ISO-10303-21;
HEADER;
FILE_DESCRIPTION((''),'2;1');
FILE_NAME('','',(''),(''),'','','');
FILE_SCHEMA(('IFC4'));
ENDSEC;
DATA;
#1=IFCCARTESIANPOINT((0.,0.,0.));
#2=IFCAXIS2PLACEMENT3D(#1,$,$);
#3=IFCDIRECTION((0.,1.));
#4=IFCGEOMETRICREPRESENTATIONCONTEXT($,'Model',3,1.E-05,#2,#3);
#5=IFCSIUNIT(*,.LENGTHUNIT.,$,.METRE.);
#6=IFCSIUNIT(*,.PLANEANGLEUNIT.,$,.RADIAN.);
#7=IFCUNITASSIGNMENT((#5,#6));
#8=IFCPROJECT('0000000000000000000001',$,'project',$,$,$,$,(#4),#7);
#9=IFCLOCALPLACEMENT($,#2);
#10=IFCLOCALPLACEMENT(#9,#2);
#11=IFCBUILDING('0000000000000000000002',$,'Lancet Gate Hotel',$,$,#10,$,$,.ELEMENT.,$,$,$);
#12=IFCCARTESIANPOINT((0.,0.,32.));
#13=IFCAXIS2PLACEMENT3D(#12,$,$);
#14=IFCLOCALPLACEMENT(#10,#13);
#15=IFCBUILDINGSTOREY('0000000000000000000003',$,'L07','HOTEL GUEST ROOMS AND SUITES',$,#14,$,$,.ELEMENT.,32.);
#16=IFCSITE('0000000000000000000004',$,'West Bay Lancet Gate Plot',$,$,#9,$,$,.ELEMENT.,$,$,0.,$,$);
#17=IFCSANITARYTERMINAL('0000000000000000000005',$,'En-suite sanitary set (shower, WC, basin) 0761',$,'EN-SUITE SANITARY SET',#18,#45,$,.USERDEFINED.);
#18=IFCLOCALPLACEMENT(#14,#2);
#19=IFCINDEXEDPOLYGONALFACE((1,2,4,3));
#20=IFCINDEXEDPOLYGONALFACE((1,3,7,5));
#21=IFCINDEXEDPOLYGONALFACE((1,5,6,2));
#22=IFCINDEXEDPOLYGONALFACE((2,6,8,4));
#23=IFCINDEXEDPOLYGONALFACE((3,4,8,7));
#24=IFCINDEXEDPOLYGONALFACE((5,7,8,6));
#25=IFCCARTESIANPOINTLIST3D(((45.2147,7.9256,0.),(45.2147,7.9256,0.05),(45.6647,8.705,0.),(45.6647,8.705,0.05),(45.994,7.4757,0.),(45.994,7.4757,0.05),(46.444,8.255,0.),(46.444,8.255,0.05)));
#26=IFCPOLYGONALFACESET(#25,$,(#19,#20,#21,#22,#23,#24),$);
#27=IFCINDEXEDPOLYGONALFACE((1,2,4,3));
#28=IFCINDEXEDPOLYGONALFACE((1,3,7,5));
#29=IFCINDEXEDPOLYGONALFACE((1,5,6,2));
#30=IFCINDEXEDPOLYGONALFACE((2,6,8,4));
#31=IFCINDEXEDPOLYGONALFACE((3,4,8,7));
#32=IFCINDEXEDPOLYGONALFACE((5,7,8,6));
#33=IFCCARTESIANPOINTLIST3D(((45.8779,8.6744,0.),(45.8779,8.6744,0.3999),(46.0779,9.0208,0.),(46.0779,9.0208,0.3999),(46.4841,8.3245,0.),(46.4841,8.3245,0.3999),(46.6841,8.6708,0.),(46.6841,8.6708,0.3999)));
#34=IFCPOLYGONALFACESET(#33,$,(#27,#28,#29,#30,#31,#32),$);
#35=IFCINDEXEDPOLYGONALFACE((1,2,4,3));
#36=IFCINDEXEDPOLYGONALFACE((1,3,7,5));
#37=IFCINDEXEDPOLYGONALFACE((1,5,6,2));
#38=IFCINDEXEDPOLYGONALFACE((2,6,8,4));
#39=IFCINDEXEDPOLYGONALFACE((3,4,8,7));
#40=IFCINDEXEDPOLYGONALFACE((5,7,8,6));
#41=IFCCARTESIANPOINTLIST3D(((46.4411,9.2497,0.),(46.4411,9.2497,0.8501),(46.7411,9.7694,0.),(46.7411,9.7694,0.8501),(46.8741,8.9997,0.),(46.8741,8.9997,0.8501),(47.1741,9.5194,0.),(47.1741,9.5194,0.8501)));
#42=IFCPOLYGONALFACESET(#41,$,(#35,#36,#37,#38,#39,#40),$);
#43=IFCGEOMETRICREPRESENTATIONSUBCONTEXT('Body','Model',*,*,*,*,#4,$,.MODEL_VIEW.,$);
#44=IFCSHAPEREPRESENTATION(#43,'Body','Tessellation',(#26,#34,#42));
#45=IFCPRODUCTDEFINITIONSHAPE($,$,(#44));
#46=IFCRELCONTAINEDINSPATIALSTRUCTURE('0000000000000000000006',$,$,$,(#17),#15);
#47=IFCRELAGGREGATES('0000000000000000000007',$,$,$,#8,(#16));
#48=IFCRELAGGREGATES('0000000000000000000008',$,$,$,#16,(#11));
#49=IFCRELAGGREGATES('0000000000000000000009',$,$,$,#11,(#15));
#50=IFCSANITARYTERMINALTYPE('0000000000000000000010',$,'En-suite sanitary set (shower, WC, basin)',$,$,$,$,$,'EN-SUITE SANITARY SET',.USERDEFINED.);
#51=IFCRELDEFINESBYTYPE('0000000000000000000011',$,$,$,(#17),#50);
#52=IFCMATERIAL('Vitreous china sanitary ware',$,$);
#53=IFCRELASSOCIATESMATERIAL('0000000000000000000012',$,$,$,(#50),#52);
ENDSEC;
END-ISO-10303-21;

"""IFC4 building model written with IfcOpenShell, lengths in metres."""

from ifc_helpers import new_model, si_unit, direction, frame, origin, origin_2d, place, context, subcontext, project, spatial, rectangle, extrude, material, type_object, element, save


model = new_model("IFC4")

# Units and contexts
model_context = context("Model", 3, precision=1e-05, world=origin(), true_north=direction((0.0, 1.0)))
body_context = subcontext(model_context, "Body", "Model", "MODEL_VIEW")
ifc_project = project(units=[si_unit("LENGTHUNIT", "METRE"), si_unit("PLANEANGLEUNIT", "RADIAN")], contexts=[model_context])

# Site, building, storey
site_placement = place(None, origin())
site = spatial("IfcSite", under=ifc_project, at=site_placement, Name="West Bay Lancet Gate Plot", CompositionType="ELEMENT", RefElevation=0.0)
building_placement = place(site_placement, origin())
building = spatial("IfcBuilding", under=site, at=building_placement, Name="Lancet Gate Hotel", CompositionType="ELEMENT")
storey_placement = place(building_placement, frame((0.0, 0.0, 32.0)))
storey = spatial("IfcBuildingStorey", under=building, at=storey_placement, Name="L07", Description="HOTEL GUEST ROOMS AND SUITES", CompositionType="ELEMENT", Elevation=32.0)

# Sanitary terminal
ifc_material_1 = material(Name="Vitreous china sanitary ware")
sanitary_terminal_type = type_object("IfcSanitaryTerminalType", Name="En-suite sanitary set (shower, WC, basin)", ElementType="EN-SUITE SANITARY SET", PredefinedType="USERDEFINED", material=ifc_material_1)
sanitary_terminal_1_placement = place(storey_placement, frame((45.8293, 8.0903, 0.0), z_axis=(0.0, 0.0, 1.0), x_axis=(1.0, 0.0, 0.0)))
element("IfcSanitaryTerminal", 1, at=sanitary_terminal_1_placement, inside=storey, type_object=sanitary_terminal_type, Name="En-suite sanitary set (shower, WC, basin) 0761", ObjectType="EN-SUITE SANITARY SET", PredefinedType="USERDEFINED", context=body_context, shape_type="SweptSolid", body=[
    extrude(rectangle(XDim=0.8999, YDim=0.8999, at=origin_2d()), frame((0.0, 0.0, 0.0), z_axis=(0.0, 0.0, 1.0), x_axis=(-0.5, -0.866025, 0.0)), (0.0, 0.0, 1.0), 0.05),
    extrude(rectangle(XDim=0.3999, YDim=0.7, at=origin_2d()), frame((0.4517, 0.5823, 0.0), z_axis=(0.0, 0.0, 1.0), x_axis=(-0.5, -0.866025, 0.0)), (0.0, 0.0, 1.0), 0.3999),
    extrude(rectangle(XDim=0.6001, YDim=0.5, at=origin_2d()), frame((0.9783, 1.2942, 0.0), z_axis=(0.0, 0.0, 1.0), x_axis=(-0.5, -0.866025, 0.0)), (0.0, 0.0, 1.0), 0.8501),
])

save(model, "model.ifc")
